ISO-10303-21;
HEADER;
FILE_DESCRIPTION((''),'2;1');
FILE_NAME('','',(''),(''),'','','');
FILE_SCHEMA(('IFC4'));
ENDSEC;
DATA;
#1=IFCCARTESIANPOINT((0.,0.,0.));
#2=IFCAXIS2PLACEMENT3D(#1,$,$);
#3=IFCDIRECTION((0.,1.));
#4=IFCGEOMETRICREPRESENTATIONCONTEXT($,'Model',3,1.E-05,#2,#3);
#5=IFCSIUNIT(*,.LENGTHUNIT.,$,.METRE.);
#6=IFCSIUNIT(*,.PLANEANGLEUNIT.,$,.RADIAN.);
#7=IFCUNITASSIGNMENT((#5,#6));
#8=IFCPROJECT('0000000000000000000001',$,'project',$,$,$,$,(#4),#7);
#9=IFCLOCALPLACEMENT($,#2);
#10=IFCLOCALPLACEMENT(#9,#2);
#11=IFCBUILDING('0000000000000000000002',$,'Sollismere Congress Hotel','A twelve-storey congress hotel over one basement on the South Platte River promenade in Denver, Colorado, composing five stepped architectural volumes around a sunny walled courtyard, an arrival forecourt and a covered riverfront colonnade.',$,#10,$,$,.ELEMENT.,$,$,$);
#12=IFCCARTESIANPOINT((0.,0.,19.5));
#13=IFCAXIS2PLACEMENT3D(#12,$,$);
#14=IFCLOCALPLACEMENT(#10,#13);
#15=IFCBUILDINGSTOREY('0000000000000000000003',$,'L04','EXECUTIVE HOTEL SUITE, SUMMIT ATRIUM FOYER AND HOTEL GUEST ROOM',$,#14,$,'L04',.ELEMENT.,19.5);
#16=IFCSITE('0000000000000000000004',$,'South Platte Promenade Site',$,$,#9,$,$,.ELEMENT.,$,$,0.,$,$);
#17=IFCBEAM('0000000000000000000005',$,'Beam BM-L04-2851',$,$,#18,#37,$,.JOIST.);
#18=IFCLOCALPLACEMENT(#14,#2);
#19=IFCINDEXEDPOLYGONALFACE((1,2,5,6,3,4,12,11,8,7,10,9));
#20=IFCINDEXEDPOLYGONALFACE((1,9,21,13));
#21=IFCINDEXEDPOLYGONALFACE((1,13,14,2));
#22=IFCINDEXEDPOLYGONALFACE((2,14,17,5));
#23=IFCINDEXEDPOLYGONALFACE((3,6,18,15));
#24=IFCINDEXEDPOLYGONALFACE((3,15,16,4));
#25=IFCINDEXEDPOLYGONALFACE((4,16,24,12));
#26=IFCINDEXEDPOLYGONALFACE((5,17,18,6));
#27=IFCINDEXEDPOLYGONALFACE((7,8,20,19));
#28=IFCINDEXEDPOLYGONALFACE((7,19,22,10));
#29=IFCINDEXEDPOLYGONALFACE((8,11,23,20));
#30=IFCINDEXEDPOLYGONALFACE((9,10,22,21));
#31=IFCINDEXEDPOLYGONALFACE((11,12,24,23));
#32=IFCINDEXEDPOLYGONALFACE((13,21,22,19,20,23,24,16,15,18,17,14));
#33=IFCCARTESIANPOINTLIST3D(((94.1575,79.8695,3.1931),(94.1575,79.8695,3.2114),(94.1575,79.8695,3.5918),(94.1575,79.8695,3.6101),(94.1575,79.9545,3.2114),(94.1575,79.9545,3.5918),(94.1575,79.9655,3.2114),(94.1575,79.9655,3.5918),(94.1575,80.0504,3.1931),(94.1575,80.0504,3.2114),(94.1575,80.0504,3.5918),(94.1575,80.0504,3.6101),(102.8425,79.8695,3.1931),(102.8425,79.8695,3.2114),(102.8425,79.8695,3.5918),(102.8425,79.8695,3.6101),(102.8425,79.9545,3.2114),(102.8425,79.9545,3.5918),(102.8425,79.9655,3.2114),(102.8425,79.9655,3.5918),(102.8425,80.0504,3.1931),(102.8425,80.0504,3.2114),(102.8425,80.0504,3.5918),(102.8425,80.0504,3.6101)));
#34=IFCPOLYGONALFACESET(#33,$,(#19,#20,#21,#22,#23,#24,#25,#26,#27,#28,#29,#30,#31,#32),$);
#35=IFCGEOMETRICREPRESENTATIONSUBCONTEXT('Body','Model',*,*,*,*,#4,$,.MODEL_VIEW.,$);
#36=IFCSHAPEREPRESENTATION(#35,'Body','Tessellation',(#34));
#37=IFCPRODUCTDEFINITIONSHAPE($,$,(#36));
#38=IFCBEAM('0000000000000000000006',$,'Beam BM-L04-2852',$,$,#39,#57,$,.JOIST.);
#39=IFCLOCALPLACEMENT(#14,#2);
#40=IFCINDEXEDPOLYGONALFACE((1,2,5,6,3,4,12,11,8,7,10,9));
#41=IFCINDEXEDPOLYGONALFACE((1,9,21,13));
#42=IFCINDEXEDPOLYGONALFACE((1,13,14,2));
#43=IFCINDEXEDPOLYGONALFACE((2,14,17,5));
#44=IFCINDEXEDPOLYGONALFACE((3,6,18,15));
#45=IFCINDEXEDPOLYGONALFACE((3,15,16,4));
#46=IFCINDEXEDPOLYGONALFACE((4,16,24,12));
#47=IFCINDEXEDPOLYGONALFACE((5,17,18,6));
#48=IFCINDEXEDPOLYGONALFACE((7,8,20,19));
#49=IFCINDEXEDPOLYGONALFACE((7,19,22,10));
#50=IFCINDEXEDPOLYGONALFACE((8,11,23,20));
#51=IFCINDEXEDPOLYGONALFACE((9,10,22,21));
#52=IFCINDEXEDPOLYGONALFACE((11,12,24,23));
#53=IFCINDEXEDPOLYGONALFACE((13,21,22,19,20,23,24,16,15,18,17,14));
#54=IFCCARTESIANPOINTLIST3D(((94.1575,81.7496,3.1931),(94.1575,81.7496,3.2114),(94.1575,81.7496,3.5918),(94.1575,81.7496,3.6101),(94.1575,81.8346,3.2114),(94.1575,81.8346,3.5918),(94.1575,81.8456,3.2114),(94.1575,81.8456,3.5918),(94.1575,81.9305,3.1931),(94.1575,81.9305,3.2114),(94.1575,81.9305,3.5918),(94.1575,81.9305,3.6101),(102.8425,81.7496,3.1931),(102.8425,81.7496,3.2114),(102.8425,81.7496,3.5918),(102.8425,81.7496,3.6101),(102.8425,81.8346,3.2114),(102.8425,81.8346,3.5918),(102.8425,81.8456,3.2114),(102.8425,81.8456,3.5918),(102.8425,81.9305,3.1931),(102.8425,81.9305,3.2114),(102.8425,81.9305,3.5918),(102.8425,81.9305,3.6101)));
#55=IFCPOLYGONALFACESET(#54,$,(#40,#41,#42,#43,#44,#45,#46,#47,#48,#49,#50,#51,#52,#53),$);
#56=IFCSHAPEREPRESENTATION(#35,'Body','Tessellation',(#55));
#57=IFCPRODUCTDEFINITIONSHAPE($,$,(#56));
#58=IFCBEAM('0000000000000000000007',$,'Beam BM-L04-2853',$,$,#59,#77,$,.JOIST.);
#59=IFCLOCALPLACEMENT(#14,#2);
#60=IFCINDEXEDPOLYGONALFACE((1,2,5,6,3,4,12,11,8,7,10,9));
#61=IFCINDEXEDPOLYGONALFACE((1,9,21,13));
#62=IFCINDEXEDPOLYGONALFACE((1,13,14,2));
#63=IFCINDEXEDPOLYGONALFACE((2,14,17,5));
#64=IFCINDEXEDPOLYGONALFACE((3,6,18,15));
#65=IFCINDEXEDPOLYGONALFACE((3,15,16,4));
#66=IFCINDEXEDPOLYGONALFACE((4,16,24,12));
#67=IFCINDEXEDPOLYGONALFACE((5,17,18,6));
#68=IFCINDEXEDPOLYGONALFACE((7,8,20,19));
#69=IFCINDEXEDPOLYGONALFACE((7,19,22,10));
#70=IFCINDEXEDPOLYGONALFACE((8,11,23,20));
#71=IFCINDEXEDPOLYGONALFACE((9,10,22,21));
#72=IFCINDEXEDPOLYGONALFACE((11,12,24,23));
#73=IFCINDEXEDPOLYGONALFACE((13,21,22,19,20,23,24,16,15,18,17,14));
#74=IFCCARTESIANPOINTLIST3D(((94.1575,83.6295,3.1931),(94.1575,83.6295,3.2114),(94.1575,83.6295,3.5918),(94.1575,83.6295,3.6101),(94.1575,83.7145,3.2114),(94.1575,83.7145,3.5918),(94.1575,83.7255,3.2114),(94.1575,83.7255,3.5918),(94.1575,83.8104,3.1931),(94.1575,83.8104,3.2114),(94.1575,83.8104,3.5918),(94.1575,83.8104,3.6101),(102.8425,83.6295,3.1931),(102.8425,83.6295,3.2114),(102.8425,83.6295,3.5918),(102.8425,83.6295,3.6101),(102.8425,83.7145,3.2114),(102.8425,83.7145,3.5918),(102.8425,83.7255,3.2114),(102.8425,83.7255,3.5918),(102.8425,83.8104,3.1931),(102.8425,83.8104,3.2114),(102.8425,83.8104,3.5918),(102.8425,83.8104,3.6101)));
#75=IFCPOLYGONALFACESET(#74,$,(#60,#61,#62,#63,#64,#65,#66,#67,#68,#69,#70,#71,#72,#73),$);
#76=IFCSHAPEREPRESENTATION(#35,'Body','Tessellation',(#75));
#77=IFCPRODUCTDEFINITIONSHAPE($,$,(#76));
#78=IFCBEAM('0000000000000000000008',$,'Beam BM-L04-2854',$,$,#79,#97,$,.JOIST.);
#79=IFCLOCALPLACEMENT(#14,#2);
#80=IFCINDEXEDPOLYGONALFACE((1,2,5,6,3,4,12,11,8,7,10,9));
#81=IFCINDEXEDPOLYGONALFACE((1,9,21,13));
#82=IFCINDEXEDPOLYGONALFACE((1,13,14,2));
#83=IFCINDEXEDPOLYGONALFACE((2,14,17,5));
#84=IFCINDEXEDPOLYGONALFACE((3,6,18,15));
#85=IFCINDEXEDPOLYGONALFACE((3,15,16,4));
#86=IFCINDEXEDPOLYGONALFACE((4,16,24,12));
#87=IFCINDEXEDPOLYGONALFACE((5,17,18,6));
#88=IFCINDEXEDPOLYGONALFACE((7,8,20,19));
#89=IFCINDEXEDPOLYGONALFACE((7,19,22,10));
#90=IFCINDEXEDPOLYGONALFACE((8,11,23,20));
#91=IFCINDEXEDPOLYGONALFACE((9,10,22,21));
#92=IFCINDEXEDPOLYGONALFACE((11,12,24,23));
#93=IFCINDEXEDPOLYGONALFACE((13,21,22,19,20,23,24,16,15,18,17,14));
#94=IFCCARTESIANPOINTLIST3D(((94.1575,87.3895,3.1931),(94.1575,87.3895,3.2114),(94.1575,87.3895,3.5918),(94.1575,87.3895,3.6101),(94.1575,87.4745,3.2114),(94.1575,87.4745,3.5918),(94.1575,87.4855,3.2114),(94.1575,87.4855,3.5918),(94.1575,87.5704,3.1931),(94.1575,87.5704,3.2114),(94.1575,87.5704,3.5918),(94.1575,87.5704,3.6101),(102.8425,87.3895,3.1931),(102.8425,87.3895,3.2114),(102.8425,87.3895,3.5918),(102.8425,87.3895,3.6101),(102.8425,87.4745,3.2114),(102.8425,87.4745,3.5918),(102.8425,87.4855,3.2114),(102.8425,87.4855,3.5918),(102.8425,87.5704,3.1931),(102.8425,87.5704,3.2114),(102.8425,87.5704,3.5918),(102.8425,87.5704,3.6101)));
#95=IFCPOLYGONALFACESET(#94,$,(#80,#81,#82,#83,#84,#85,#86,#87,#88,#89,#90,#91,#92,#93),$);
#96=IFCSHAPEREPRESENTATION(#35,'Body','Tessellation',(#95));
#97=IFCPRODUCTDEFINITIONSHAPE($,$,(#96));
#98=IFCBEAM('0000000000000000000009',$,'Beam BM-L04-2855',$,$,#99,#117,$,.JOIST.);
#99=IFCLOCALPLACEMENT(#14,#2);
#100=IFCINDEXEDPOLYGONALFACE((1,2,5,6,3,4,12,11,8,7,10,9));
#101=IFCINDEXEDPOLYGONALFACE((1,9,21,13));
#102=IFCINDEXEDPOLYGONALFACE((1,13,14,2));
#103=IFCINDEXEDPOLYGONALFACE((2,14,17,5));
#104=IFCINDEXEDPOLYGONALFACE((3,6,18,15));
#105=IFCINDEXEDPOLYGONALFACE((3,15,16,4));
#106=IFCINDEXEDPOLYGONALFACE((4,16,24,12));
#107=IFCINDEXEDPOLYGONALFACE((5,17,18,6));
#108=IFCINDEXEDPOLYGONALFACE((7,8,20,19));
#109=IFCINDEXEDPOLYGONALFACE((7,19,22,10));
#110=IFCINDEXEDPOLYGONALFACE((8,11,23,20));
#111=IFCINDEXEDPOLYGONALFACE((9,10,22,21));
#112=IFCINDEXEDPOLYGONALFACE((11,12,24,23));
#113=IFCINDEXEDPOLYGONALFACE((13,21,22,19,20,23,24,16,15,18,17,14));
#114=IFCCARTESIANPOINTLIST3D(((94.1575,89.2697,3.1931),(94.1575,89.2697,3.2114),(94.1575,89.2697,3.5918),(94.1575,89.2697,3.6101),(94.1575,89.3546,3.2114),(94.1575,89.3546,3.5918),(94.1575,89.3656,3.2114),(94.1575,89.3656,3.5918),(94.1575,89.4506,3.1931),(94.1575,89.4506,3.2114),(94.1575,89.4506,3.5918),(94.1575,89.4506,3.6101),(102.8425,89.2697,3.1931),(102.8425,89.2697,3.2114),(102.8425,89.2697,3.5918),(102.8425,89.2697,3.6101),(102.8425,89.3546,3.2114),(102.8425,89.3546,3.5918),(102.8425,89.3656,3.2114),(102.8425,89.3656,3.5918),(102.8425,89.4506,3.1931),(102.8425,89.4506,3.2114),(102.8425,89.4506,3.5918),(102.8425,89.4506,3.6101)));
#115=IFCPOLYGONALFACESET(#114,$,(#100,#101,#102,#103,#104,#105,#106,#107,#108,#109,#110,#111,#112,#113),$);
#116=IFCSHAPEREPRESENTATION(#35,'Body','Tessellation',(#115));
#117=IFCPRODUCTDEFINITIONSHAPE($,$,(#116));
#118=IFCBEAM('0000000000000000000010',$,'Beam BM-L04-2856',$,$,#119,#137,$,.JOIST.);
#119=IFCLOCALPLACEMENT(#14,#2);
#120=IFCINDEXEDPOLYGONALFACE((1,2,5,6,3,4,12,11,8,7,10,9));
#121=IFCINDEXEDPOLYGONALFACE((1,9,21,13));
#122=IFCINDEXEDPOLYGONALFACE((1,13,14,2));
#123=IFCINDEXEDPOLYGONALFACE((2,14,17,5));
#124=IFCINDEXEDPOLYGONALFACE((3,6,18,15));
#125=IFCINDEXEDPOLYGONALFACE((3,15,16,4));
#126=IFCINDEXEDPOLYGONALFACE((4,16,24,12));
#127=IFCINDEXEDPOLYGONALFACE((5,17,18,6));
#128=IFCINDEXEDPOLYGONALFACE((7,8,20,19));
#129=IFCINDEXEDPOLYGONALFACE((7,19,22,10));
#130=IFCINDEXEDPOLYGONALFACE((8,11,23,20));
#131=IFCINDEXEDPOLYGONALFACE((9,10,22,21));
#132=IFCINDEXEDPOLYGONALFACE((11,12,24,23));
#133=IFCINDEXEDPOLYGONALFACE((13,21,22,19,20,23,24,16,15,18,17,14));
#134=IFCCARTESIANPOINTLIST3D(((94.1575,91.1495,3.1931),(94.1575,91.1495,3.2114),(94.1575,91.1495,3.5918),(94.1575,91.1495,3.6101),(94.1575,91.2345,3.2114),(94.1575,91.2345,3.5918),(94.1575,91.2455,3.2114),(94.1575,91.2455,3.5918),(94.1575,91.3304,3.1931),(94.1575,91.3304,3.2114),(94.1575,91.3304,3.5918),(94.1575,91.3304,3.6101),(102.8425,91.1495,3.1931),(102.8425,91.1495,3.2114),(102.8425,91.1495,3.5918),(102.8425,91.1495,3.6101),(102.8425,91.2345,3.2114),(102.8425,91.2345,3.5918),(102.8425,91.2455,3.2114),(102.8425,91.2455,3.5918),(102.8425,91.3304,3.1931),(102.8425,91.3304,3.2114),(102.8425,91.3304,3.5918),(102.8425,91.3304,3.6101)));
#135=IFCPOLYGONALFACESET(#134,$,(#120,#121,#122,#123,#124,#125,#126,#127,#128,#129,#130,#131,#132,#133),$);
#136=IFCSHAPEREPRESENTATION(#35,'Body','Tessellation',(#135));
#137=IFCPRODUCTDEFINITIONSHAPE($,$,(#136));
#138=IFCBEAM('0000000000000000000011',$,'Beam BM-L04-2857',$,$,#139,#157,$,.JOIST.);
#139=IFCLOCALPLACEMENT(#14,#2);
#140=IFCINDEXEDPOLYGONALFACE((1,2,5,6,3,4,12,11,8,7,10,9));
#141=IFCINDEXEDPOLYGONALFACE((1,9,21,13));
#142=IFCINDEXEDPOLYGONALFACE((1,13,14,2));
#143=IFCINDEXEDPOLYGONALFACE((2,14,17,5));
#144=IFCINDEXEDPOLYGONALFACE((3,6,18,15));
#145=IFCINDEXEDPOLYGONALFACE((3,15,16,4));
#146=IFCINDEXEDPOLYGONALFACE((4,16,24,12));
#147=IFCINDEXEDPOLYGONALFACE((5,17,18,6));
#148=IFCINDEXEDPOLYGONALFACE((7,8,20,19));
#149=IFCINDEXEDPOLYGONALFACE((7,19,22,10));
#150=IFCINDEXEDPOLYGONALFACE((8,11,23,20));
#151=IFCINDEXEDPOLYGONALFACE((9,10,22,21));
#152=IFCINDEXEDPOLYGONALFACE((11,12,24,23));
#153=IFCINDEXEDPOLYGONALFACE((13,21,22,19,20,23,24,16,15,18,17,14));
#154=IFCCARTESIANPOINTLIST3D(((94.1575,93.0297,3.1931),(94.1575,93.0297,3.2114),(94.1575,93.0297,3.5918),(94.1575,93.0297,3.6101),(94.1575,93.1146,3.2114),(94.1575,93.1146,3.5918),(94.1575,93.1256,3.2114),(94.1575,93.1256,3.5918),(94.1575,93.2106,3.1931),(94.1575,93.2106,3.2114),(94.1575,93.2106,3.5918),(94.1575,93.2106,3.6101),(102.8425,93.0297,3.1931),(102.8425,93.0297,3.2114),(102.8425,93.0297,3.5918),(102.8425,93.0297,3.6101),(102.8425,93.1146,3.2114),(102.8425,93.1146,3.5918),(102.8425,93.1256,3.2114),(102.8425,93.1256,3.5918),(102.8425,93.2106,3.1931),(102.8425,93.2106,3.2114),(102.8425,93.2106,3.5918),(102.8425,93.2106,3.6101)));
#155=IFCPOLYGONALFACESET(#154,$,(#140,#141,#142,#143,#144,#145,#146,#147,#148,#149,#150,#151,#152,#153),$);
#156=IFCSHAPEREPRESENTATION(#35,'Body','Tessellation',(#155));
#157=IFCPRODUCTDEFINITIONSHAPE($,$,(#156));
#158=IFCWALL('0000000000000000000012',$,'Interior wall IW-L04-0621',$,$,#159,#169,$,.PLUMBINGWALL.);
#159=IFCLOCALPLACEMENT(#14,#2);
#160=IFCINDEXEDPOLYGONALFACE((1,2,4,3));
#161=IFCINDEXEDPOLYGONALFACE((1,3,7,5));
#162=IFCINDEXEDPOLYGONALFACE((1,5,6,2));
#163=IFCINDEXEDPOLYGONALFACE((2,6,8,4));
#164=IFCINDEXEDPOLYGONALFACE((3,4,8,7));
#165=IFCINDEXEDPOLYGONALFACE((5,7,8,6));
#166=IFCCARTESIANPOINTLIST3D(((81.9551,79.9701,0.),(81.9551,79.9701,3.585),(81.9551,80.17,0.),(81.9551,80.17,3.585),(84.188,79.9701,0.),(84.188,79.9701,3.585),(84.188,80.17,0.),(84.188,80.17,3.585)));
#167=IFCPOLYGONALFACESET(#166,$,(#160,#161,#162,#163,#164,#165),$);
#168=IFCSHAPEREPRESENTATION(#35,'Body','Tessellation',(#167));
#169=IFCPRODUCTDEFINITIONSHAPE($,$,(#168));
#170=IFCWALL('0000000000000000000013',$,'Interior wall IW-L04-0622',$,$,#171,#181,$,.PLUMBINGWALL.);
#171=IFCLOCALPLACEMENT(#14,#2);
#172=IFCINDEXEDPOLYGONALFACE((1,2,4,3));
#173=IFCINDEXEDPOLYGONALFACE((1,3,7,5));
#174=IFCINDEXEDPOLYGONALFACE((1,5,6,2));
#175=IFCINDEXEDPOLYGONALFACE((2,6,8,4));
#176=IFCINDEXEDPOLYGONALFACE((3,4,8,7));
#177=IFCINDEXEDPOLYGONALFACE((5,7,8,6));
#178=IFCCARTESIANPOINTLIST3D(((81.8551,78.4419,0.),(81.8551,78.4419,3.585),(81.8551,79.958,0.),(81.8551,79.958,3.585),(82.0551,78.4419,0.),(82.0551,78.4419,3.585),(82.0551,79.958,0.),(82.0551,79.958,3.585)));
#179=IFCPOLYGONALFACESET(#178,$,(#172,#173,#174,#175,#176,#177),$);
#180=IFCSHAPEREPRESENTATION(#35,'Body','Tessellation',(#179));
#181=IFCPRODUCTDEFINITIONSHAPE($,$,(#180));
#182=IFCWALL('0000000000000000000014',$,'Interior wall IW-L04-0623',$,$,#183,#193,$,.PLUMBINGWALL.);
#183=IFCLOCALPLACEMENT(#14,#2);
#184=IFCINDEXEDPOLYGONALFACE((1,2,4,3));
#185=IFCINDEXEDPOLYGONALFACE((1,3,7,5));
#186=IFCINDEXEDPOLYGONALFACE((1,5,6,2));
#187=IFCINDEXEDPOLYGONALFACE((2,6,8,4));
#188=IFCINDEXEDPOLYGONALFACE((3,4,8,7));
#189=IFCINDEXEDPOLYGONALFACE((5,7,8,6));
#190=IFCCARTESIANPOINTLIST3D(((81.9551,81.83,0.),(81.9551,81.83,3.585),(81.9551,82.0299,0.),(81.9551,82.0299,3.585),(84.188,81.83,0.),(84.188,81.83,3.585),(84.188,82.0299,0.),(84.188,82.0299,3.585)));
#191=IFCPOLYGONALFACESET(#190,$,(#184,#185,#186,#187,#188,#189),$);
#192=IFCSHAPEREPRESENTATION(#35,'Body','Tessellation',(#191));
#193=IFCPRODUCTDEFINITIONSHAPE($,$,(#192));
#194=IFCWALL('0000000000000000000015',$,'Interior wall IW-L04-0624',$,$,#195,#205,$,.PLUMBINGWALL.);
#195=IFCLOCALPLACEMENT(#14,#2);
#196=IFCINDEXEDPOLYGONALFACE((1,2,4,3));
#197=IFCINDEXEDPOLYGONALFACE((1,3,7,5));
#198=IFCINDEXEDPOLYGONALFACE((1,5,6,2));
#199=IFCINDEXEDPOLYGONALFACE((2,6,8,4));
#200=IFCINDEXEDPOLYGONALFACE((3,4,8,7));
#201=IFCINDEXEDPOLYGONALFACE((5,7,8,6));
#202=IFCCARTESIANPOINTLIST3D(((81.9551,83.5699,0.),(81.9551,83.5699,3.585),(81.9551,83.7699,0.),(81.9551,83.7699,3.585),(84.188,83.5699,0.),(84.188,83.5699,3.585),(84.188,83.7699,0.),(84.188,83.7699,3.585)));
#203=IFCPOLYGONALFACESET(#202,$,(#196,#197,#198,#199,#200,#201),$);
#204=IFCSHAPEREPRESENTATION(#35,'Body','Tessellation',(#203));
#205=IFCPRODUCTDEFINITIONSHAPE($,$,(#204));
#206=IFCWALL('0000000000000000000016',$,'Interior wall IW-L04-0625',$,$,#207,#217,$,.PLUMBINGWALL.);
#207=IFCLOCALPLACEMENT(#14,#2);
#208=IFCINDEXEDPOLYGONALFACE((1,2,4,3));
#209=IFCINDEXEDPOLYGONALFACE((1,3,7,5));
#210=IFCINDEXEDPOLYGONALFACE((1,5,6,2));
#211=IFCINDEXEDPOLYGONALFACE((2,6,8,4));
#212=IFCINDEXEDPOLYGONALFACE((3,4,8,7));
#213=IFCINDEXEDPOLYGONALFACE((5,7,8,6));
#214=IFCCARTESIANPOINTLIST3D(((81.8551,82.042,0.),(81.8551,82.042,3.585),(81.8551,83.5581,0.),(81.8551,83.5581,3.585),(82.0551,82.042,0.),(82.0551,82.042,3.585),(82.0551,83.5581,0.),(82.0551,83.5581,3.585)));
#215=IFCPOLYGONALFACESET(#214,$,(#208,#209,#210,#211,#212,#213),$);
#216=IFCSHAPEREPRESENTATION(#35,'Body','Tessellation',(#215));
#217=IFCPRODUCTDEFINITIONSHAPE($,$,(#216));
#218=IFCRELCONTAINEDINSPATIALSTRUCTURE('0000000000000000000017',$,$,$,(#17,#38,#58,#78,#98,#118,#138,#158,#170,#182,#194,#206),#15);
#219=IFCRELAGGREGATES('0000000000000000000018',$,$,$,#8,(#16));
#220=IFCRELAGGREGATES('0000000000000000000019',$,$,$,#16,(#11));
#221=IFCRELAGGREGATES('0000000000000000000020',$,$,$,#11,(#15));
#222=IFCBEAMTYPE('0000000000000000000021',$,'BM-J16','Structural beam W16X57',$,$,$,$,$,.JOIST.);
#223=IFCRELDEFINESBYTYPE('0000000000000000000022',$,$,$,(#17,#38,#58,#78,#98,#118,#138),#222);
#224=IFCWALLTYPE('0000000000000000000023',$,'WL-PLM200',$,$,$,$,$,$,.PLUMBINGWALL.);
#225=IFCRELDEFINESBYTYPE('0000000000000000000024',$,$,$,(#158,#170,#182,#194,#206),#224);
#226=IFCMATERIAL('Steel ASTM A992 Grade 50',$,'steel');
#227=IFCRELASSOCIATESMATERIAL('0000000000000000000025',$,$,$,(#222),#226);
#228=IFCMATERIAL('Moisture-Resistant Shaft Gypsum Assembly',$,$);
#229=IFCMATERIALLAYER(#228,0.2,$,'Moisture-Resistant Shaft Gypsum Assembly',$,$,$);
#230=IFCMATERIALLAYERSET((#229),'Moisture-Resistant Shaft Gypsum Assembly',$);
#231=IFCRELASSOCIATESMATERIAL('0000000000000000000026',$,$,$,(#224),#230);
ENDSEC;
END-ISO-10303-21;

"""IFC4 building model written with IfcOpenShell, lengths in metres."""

from ifc_helpers import new_model, si_unit, direction, frame, frame_2d, origin, origin_2d, place, context, subcontext, project, spatial, rectangle, i_section, extrude, material, layer, layer_set, material_profile, profile_set, type_object, element, save


model = new_model("IFC4")

# Units and contexts
model_context = context("Model", 3, precision=1e-05, world=origin(), true_north=direction((0.0, 1.0)))
body_context = subcontext(model_context, "Body", "Model", "MODEL_VIEW")
ifc_project = project(units=[si_unit("LENGTHUNIT", "METRE"), si_unit("PLANEANGLEUNIT", "RADIAN")], contexts=[model_context])

# Site, building, storey
site_placement = place(None, origin())
site = spatial("IfcSite", under=ifc_project, at=site_placement, Name="South Platte Promenade Site", CompositionType="ELEMENT", RefElevation=0.0)
building_placement = place(site_placement, origin())
building = spatial("IfcBuilding", under=site, at=building_placement, Name="Sollismere Congress Hotel", Description="A twelve-storey congress hotel over one basement on the South Platte River promenade in Denver, Colorado, composing five stepped architectural volumes around a sunny walled courtyard, an arrival forecourt and a covered riverfront colonnade.", CompositionType="ELEMENT")
storey_placement = place(building_placement, frame((0.0, 0.0, 19.5)))
storey = spatial("IfcBuildingStorey", under=building, at=storey_placement, Name="L04", Description="EXECUTIVE HOTEL SUITE, SUMMIT ATRIUM FOYER AND HOTEL GUEST ROOM", LongName="L04", CompositionType="ELEMENT", Elevation=19.5)

# Shared definitions
ifc_material_1 = material(Name="Steel ASTM A992 Grade 50", Category="steel")

# Beams
ifc_material_profile_1 = material_profile(ifc_material_1, i_section(OverallWidth=0.1809, OverallDepth=0.417, WebThickness=0.011, FlangeThickness=0.0183, at=origin_2d()), Name="W16X57")
ifc_profile_set_1 = profile_set([ifc_material_profile_1], Name="Steel ASTM A992 Grade 50")
beam_type_1 = type_object("IfcBeamType", Name="BM-J16", Description="Structural beam W16X57", PredefinedType="JOIST", material=ifc_profile_set_1)
for number, where, z_axis, x_axis, name in (
    (1, (94.1575, 79.96, 3.4016), (1.0, 0.0, 0.0), (0.0, 1.0, 0.0), "Beam BM-L04-2851"),
    (2, (94.1575, 81.8401, 3.4016), (1.0, 0.0, 0.0), (0.0, 1.0, 0.0), "Beam BM-L04-2852"),
    (3, (94.1575, 83.72, 3.4016), (1.0, 0.0, 0.0), (0.0, 1.0, 0.0), "Beam BM-L04-2853"),
    (4, (94.1575, 87.48, 3.4016), (1.0, 0.0, 0.0), (0.0, 1.0, 0.0), "Beam BM-L04-2854"),
    (5, (94.1575, 89.3601, 3.4016), (1.0, 0.0, 0.0), (0.0, 1.0, 0.0), "Beam BM-L04-2855"),
    (6, (94.1575, 91.24, 3.4016), (1.0, 0.0, 0.0), (0.0, 1.0, 0.0), "Beam BM-L04-2856"),
    (7, (94.1575, 93.1201, 3.4016), (1.0, 0.0, 0.0), (0.0, 1.0, 0.0), "Beam BM-L04-2857"),
):
    element("IfcBeam", number, at=place(storey_placement, frame(where, z_axis=z_axis, x_axis=x_axis)), inside=storey, type_object=beam_type_1, Name=name, PredefinedType="JOIST", context=body_context, shape_type="SweptSolid", body=[
        extrude(i_section(OverallWidth=0.1809, OverallDepth=0.417, WebThickness=0.011, FlangeThickness=0.0183, at=origin_2d()), origin(), (0.0, 0.0, 1.0), 8.6851),
    ])

# Walls
ifc_material_2 = material(Name="Moisture-Resistant Shaft Gypsum Assembly")
ifc_layer_1 = layer(ifc_material_2, 0.2, Name="Moisture-Resistant Shaft Gypsum Assembly")
ifc_layer_set_1 = layer_set([ifc_layer_1], Name="Moisture-Resistant Shaft Gypsum Assembly")
wall_type_1 = type_object("IfcWallType", Name="WL-PLM200", PredefinedType="PLUMBINGWALL", material=ifc_layer_set_1)
wall_1_placement = place(storey_placement, frame((81.9551, 80.0701, 0.0), z_axis=(0.0, 0.0, 1.0), x_axis=(1.0, 0.0, 0.0)))
element("IfcWall", 8, at=wall_1_placement, inside=storey, type_object=wall_type_1, Name="Interior wall IW-L04-0621", PredefinedType="PLUMBINGWALL", context=body_context, shape_type="SweptSolid", body=[
    extrude(rectangle(XDim=2.2329, YDim=0.2, at=frame_2d((1.1165, 0.0))), origin(), (0.0, 0.0, 1.0), 3.585),
])
wall_2_placement = place(storey_placement, frame((81.9551, 78.4419, 0.0), z_axis=(0.0, 0.0, 1.0), x_axis=(0.0, 1.0, 0.0)))
element("IfcWall", 9, at=wall_2_placement, inside=storey, type_object=wall_type_1, Name="Interior wall IW-L04-0622", PredefinedType="PLUMBINGWALL", context=body_context, shape_type="SweptSolid", body=[
    extrude(rectangle(XDim=1.5161, YDim=0.2, at=frame_2d((0.7581, 0.0))), origin(), (0.0, 0.0, 1.0), 3.585),
])
for number, where, z_axis, x_axis, name in (
    (10, (81.9551, 81.9299, 0.0), (0.0, 0.0, 1.0), (1.0, 0.0, 0.0), "Interior wall IW-L04-0623"),
    (11, (81.9551, 83.6699, 0.0), (0.0, 0.0, 1.0), (1.0, 0.0, 0.0), "Interior wall IW-L04-0624"),
):
    element("IfcWall", number, at=place(storey_placement, frame(where, z_axis=z_axis, x_axis=x_axis)), inside=storey, type_object=wall_type_1, Name=name, PredefinedType="PLUMBINGWALL", context=body_context, shape_type="SweptSolid", body=[
        extrude(rectangle(XDim=2.2329, YDim=0.2, at=frame_2d((1.1165, 0.0))), origin(), (0.0, 0.0, 1.0), 3.585),
    ])
wall_3_placement = place(storey_placement, frame((81.9551, 82.042, 0.0), z_axis=(0.0, 0.0, 1.0), x_axis=(0.0, 1.0, 0.0)))
element("IfcWall", 12, at=wall_3_placement, inside=storey, type_object=wall_type_1, Name="Interior wall IW-L04-0625", PredefinedType="PLUMBINGWALL", context=body_context, shape_type="SweptSolid", body=[
    extrude(rectangle(XDim=1.5161, YDim=0.2, at=frame_2d((0.7581, 0.0))), origin(), (0.0, 0.0, 1.0), 3.585),
])

save(model, "model.ifc")
